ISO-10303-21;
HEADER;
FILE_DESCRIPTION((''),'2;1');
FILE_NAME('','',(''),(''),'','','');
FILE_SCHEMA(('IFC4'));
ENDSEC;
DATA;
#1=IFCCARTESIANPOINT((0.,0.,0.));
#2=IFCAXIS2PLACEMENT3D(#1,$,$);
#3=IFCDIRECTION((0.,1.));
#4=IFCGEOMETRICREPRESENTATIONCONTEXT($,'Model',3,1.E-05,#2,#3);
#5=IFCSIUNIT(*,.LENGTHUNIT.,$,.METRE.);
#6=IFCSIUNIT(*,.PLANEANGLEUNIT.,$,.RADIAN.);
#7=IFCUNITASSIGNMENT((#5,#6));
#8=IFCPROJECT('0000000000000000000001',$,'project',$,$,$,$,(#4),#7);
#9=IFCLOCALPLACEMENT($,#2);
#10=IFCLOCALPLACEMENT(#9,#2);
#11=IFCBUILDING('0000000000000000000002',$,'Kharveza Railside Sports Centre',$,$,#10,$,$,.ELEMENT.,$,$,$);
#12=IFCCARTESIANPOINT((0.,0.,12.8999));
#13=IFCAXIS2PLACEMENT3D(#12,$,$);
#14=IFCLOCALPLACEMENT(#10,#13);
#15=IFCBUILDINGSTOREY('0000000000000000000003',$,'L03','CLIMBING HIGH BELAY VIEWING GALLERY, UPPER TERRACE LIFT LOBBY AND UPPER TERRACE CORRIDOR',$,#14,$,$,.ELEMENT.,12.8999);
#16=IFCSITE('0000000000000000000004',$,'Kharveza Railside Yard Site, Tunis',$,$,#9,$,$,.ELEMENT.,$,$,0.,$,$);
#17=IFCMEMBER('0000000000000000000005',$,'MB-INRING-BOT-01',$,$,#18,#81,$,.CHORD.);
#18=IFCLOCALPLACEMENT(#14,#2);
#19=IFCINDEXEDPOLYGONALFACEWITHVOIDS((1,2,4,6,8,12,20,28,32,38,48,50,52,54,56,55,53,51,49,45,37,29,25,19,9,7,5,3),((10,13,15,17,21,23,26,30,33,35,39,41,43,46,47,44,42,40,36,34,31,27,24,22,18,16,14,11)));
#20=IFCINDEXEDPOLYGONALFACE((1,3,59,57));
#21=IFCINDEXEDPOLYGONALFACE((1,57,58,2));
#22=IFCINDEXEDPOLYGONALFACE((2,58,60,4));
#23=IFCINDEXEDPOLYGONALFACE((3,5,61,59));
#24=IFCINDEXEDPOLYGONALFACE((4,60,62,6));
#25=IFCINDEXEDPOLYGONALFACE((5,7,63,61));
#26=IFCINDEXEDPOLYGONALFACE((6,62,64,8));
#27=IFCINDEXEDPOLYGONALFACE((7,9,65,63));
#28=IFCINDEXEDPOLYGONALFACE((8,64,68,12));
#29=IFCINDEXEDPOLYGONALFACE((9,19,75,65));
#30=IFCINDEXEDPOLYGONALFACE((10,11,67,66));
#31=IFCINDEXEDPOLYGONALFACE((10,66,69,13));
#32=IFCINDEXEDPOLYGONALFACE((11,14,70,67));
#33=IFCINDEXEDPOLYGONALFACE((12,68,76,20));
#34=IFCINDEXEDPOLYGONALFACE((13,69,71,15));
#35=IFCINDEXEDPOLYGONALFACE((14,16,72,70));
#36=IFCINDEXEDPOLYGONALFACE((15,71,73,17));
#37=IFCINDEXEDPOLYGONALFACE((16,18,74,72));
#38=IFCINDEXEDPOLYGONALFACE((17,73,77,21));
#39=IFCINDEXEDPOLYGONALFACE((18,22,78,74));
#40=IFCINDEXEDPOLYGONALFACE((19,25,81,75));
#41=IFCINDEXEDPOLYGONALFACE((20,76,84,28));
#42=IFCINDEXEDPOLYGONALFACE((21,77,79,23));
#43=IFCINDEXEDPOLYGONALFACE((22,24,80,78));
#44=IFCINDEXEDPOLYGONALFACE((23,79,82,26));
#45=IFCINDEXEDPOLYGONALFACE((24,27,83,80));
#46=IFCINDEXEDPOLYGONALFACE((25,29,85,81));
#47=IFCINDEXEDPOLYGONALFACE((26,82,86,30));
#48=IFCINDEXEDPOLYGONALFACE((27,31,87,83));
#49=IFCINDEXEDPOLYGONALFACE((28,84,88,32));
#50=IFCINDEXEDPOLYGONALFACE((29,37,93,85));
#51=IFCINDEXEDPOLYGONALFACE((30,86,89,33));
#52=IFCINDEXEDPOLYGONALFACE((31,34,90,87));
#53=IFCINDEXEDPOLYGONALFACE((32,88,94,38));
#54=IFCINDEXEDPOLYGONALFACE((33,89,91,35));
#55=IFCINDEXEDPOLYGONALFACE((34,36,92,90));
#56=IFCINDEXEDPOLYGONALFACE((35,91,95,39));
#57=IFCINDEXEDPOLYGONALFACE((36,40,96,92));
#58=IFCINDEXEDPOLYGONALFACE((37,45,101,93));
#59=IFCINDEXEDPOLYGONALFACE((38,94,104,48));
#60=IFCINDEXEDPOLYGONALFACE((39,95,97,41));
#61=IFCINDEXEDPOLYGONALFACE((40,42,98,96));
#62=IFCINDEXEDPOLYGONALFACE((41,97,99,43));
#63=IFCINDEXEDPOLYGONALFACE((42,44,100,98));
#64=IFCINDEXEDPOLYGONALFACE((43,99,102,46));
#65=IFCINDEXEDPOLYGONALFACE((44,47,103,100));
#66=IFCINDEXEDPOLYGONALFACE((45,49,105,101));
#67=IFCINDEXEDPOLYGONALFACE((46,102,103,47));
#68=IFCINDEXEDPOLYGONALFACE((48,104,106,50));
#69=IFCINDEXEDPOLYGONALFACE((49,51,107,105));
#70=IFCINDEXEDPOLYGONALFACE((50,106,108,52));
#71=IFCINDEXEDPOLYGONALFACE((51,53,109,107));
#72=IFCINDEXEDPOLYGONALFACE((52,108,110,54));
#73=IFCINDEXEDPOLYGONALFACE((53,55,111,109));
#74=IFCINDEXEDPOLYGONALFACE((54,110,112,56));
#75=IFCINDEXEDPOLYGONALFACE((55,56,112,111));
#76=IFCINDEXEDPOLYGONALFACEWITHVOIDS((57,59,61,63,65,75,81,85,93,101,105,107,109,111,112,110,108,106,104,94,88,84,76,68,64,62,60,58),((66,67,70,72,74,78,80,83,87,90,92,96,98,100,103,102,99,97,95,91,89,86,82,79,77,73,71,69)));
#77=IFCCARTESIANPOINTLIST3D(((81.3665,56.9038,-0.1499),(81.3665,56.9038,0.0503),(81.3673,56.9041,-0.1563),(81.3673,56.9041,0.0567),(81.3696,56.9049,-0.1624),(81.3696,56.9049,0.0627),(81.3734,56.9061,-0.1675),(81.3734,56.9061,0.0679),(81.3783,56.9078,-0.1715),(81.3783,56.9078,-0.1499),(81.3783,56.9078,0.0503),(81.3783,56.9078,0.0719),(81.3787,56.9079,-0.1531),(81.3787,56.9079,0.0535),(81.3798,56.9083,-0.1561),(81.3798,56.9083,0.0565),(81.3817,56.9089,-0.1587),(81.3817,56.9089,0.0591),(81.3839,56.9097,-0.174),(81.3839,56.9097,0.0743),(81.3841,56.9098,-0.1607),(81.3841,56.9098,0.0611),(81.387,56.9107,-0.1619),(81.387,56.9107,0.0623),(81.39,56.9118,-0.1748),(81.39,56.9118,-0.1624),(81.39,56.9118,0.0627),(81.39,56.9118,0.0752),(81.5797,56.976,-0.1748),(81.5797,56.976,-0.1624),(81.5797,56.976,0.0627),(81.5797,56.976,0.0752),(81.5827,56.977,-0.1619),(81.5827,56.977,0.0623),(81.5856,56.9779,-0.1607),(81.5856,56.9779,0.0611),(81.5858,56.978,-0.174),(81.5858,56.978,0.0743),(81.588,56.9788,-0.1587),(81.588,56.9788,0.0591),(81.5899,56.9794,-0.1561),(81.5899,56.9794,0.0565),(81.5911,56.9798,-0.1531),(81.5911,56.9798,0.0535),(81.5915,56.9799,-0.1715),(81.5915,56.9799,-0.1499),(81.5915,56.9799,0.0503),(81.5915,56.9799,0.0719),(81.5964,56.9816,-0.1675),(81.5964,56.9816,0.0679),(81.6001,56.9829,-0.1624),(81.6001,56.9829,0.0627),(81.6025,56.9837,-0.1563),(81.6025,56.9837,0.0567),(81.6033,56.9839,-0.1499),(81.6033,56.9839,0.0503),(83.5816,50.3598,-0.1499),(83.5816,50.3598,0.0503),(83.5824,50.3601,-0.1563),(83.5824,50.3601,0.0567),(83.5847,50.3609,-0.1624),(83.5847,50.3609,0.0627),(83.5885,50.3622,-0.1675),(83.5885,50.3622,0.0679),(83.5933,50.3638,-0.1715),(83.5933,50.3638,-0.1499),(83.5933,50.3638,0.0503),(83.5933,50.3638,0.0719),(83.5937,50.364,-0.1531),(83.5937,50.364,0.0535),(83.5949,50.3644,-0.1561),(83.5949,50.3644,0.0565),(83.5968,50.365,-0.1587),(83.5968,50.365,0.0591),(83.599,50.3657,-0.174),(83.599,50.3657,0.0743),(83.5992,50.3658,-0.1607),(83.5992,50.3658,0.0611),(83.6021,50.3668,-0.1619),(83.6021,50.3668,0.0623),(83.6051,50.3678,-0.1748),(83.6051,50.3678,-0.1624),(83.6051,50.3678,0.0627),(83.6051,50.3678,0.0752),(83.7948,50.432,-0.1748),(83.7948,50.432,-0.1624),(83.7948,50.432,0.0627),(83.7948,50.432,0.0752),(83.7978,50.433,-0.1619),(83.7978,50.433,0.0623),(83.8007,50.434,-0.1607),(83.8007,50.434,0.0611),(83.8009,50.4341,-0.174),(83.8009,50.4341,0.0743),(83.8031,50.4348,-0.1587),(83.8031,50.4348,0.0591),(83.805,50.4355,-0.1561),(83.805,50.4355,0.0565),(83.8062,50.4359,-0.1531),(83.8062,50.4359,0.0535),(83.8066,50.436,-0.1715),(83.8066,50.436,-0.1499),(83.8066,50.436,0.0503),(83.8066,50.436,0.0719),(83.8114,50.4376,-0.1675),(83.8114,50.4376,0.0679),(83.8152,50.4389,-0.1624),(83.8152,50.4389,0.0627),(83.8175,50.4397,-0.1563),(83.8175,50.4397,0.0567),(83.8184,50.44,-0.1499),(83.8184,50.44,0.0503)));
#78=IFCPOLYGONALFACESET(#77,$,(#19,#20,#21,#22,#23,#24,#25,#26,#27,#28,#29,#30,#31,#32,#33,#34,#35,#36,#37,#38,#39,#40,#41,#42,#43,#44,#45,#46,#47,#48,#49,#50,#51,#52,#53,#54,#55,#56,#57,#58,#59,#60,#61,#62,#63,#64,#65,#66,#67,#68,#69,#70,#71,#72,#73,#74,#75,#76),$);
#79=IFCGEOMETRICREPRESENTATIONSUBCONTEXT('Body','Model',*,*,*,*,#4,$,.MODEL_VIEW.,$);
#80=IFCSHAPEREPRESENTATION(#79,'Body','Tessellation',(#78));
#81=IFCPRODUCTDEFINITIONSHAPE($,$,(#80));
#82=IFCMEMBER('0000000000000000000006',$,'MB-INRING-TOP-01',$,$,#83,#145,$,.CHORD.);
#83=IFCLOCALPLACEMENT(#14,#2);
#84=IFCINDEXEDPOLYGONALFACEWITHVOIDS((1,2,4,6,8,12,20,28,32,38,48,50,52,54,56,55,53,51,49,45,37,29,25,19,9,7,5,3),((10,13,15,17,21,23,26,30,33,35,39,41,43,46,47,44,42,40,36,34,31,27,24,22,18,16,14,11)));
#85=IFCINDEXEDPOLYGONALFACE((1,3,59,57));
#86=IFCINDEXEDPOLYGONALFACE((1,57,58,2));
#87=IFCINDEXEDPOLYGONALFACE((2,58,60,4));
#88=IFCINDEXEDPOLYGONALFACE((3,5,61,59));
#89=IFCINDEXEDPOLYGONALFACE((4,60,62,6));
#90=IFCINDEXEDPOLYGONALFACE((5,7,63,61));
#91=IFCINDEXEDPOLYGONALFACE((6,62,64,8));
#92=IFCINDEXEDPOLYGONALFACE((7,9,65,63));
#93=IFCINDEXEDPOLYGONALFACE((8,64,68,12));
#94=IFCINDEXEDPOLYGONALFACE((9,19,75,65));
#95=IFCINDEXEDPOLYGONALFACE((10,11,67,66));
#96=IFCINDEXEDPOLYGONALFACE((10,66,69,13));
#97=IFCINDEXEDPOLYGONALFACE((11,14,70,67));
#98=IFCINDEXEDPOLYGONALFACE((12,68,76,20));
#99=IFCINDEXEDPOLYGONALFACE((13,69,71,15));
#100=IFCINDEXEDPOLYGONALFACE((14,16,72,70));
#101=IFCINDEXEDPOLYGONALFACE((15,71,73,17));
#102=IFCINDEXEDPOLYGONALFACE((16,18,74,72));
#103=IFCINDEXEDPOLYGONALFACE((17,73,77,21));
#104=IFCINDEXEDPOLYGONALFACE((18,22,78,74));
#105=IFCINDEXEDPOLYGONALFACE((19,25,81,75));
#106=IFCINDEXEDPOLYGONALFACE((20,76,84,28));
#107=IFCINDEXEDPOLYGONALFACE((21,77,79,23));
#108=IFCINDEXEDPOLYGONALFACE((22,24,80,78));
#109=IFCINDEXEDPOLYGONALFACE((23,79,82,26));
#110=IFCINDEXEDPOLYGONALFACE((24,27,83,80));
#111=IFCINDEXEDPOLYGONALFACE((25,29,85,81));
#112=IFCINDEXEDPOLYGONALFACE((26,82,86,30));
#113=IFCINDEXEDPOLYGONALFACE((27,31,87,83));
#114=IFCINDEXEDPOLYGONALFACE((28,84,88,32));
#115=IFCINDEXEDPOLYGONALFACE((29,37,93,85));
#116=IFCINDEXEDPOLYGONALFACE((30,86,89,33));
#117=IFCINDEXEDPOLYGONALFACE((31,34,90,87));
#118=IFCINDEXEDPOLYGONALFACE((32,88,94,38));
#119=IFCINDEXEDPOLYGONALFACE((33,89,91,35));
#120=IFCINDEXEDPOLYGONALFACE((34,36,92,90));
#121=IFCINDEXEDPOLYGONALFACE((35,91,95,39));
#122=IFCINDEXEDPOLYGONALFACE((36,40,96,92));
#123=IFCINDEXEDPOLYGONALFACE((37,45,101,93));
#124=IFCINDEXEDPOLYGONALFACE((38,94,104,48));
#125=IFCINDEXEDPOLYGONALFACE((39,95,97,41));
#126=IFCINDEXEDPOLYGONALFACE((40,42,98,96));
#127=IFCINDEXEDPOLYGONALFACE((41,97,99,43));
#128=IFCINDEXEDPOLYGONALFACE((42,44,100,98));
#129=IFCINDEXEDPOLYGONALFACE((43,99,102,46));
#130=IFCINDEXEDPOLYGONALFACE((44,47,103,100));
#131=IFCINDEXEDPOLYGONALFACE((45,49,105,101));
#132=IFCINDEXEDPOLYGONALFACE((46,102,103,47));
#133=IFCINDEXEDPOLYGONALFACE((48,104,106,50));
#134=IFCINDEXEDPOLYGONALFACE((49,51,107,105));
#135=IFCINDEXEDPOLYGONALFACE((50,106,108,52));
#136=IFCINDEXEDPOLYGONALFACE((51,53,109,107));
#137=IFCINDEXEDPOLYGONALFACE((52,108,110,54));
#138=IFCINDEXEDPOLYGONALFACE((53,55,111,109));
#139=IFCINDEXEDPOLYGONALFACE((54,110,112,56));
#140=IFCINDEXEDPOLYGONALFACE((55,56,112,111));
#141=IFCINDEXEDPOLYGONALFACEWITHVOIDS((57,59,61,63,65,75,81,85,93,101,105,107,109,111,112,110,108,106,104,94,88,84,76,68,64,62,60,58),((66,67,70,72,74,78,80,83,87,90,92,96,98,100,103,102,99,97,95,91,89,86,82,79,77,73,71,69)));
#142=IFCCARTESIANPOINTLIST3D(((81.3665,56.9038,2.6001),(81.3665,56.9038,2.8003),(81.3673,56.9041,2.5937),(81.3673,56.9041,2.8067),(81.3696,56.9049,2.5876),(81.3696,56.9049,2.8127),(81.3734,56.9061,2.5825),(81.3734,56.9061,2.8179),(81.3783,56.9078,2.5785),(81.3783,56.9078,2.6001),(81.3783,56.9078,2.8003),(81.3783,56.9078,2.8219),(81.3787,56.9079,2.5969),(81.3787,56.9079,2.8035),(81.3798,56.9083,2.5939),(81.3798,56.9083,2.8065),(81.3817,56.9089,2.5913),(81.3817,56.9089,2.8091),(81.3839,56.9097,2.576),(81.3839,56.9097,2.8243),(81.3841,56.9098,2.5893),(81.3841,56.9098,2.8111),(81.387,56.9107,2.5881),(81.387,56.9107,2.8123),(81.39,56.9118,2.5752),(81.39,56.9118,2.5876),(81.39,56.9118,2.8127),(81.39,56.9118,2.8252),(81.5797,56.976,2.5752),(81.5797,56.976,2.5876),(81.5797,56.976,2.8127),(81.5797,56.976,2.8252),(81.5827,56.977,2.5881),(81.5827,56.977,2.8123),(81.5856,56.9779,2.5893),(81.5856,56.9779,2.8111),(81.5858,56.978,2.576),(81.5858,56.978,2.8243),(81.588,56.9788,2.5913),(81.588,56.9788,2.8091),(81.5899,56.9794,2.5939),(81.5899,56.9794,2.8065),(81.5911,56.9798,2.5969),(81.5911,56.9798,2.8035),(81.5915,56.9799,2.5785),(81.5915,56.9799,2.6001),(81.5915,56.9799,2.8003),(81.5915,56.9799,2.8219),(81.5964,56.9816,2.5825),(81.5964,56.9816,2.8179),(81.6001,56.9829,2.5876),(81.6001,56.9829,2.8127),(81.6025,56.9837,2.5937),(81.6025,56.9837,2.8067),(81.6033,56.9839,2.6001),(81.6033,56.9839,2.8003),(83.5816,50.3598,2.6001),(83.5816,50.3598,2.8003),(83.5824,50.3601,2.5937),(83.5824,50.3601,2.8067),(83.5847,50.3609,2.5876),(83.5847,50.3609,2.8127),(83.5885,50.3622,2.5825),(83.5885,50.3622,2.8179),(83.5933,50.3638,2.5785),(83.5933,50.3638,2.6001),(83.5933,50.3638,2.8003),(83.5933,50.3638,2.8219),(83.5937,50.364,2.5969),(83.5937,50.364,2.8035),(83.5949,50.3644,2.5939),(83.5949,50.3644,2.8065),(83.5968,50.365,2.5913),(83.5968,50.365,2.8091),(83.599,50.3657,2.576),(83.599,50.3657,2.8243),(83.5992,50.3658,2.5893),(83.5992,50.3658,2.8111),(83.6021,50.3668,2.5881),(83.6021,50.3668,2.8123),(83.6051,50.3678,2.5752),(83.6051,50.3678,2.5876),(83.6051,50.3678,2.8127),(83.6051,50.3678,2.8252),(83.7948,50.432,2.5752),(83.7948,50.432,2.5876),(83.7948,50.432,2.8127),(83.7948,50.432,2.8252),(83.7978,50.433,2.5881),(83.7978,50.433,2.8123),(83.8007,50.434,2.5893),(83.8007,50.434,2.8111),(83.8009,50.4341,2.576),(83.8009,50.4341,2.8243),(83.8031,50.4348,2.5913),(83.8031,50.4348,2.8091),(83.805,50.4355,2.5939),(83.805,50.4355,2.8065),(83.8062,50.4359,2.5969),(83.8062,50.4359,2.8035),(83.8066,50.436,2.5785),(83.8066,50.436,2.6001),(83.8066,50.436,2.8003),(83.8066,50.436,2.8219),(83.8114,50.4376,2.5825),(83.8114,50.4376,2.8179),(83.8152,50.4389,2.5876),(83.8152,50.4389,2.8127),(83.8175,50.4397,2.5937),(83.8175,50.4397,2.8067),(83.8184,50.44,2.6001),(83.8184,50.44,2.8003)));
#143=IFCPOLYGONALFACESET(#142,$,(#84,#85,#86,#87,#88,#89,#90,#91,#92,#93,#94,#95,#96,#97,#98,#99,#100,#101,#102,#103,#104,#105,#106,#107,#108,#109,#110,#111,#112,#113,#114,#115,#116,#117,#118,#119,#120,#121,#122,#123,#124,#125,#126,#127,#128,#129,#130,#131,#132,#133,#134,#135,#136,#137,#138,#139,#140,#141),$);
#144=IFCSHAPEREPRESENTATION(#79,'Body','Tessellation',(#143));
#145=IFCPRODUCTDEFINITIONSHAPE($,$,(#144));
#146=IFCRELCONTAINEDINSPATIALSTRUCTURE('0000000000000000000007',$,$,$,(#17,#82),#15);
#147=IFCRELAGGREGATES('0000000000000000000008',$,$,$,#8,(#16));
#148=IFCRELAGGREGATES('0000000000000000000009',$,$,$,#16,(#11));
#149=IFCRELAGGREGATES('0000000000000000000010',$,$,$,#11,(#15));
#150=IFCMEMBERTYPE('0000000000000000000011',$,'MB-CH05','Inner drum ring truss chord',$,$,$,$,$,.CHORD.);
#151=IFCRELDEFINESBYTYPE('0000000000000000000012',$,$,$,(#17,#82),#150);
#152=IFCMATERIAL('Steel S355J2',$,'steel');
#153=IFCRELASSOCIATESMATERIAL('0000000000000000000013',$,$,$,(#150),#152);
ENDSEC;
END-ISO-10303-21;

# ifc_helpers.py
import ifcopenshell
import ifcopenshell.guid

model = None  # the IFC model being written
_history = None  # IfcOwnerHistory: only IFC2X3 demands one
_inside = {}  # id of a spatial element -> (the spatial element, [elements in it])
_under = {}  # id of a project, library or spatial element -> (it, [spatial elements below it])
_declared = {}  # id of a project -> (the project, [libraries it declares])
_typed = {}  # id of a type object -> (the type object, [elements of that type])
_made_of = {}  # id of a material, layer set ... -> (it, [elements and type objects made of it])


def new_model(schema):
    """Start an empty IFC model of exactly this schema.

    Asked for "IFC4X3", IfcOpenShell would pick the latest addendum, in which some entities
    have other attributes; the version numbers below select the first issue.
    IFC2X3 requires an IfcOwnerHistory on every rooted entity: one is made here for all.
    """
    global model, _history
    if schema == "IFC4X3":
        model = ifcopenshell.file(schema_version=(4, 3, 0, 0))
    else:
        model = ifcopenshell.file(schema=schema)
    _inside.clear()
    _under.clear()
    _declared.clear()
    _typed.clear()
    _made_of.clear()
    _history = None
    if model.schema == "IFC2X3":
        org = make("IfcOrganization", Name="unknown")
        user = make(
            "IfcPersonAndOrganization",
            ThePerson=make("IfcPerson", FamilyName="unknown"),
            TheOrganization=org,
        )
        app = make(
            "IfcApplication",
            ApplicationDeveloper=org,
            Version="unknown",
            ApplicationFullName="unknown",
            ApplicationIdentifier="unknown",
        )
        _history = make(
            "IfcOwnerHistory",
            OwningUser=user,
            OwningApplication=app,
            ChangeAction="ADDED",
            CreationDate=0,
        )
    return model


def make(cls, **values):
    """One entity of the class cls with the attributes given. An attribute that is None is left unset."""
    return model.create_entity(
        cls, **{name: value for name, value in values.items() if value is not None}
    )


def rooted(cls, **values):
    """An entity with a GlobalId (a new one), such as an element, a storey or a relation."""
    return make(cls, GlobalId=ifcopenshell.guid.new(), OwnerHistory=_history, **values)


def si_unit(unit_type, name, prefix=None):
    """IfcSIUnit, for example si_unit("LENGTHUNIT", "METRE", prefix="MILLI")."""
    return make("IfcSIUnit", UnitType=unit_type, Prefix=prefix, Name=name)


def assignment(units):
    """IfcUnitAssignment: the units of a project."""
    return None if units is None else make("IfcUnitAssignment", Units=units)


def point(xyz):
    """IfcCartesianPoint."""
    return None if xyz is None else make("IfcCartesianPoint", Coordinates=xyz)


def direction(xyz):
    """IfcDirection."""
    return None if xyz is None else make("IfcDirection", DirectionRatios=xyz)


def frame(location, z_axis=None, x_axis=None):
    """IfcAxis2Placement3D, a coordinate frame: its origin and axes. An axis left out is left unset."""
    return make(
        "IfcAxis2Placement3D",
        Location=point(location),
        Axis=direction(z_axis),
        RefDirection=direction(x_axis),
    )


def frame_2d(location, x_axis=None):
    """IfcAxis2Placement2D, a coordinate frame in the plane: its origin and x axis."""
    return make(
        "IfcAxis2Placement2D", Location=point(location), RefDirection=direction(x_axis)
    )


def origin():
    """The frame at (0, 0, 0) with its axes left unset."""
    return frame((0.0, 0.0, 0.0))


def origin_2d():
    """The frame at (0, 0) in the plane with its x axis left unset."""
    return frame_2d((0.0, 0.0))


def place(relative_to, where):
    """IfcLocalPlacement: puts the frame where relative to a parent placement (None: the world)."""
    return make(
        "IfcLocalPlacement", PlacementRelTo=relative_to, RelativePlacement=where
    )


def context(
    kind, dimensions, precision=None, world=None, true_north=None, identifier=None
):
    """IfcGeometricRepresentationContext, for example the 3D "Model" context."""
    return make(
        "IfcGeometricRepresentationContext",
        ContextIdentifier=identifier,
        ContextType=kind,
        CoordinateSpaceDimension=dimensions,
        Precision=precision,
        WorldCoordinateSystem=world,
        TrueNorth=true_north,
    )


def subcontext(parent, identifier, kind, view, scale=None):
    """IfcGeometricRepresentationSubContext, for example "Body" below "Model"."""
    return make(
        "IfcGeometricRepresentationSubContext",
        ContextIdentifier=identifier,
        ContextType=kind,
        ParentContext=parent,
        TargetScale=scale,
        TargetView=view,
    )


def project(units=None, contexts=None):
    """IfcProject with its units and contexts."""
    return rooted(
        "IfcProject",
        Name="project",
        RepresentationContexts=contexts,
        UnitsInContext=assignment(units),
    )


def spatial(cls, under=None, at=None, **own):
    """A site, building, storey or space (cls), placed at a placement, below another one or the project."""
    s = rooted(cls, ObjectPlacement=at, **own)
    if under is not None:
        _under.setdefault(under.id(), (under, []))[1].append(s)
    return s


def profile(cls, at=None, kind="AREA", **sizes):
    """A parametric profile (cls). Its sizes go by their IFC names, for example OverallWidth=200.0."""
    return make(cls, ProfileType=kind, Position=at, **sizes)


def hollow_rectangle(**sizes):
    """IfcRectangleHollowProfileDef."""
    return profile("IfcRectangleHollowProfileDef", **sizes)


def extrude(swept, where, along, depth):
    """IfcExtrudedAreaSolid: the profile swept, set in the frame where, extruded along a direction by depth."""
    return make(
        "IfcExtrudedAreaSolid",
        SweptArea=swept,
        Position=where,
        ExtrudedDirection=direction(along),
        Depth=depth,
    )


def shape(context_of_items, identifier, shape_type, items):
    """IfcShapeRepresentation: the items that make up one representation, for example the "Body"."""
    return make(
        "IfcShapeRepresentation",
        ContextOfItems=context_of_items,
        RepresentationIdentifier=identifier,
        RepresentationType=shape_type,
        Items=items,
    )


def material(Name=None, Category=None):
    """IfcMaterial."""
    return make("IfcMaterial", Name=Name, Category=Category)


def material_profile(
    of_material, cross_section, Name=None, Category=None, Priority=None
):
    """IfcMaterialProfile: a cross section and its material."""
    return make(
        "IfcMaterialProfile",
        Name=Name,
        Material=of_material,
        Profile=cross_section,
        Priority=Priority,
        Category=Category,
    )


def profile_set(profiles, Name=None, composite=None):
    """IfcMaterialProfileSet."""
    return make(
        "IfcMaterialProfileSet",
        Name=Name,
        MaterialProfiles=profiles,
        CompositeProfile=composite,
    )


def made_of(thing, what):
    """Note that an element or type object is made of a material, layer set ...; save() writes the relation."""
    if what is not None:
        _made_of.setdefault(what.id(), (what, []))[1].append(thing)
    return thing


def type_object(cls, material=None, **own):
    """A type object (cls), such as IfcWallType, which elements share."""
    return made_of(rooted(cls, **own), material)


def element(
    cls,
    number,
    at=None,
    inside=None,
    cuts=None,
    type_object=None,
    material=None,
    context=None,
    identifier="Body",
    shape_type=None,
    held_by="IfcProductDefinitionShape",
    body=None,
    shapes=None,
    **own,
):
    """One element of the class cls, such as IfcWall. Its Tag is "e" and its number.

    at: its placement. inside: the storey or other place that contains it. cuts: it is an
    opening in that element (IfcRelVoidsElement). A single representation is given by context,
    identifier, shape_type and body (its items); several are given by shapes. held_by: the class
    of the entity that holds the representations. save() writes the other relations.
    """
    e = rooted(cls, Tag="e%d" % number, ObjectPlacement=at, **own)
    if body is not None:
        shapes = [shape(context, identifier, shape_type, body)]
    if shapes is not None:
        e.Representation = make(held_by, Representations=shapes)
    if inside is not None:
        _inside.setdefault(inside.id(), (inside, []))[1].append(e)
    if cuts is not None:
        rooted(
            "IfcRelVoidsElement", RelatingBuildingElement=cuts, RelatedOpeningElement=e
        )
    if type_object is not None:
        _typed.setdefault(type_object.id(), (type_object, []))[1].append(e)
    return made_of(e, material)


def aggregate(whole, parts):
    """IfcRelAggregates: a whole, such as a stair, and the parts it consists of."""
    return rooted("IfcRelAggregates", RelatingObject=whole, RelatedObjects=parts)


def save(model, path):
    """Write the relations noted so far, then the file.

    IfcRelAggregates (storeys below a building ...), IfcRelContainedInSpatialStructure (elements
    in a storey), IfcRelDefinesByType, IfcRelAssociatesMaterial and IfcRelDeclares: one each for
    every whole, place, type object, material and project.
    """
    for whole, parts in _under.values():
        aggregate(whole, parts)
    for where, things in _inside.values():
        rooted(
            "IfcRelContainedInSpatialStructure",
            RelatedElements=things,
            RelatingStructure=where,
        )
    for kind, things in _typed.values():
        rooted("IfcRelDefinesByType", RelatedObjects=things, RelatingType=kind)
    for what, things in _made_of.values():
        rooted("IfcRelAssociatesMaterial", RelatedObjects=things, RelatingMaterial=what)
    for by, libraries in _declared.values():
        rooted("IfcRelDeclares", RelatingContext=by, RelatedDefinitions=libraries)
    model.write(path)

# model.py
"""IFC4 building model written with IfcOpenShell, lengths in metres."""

from ifc_helpers import new_model, si_unit, direction, frame, origin, origin_2d, place, context, subcontext, project, spatial, hollow_rectangle, extrude, material, material_profile, profile_set, type_object, element, save


model = new_model("IFC4")

# Units and contexts
model_context = context("Model", 3, precision=1e-05, world=origin(), true_north=direction((0.0, 1.0)))
body_context = subcontext(model_context, "Body", "Model", "MODEL_VIEW")
ifc_project = project(units=[si_unit("LENGTHUNIT", "METRE"), si_unit("PLANEANGLEUNIT", "RADIAN")], contexts=[model_context])

# Site, building, storey
site_placement = place(None, origin())
site = spatial("IfcSite", under=ifc_project, at=site_placement, Name="Kharveza Railside Yard Site, Tunis", CompositionType="ELEMENT", RefElevation=0.0)
building_placement = place(site_placement, origin())
building = spatial("IfcBuilding", under=site, at=building_placement, Name="Kharveza Railside Sports Centre", CompositionType="ELEMENT")
storey_placement = place(building_placement, frame((0.0, 0.0, 12.8999)))
storey = spatial("IfcBuildingStorey", under=building, at=storey_placement, Name="L03", Description="CLIMBING HIGH BELAY VIEWING GALLERY, UPPER TERRACE LIFT LOBBY AND UPPER TERRACE CORRIDOR", CompositionType="ELEMENT", Elevation=12.8999)

# Shared definitions
ifc_material_1 = material(Name="Steel S355J2", Category="steel")

# Members
ifc_material_profile_1 = material_profile(ifc_material_1, hollow_rectangle(XDim=0.25, YDim=0.25, WallThickness=0.0125, InnerFilletRadius=0.0125, OuterFilletRadius=0.0249, at=origin_2d()), Name="SHS 250x250x12.5")
ifc_profile_set_1 = profile_set([ifc_material_profile_1], Name="Steel S355J2")
member_type_1 = type_object("IfcMemberType", Name="MB-CH05", Description="Inner drum ring truss chord", PredefinedType="CHORD", material=ifc_profile_set_1)
for number, where, z_axis, x_axis, name in (
    (1, (83.7, 50.3999, -0.0498), (-0.320624, 0.947207, 0.0), (-0.947207, -0.320624, 0.0), "MB-INRING-BOT-01"),
    (2, (83.7, 50.3999, 2.7002), (-0.320624, 0.947207, 0.0), (-0.947207, -0.320624, 0.0), "MB-INRING-TOP-01"),
):
    element("IfcMember", number, at=place(storey_placement, frame(where, z_axis=z_axis, x_axis=x_axis)), inside=storey, type_object=member_type_1, Name=name, PredefinedType="CHORD", context=body_context, shape_type="SweptSolid", body=[
        extrude(hollow_rectangle(XDim=0.25, YDim=0.25, WallThickness=0.0125, InnerFilletRadius=0.0125, OuterFilletRadius=0.0249, at=origin_2d()), origin(), (0.0, 0.0, 1.0), 6.9087),
    ])

save(model, "model.ifc")
